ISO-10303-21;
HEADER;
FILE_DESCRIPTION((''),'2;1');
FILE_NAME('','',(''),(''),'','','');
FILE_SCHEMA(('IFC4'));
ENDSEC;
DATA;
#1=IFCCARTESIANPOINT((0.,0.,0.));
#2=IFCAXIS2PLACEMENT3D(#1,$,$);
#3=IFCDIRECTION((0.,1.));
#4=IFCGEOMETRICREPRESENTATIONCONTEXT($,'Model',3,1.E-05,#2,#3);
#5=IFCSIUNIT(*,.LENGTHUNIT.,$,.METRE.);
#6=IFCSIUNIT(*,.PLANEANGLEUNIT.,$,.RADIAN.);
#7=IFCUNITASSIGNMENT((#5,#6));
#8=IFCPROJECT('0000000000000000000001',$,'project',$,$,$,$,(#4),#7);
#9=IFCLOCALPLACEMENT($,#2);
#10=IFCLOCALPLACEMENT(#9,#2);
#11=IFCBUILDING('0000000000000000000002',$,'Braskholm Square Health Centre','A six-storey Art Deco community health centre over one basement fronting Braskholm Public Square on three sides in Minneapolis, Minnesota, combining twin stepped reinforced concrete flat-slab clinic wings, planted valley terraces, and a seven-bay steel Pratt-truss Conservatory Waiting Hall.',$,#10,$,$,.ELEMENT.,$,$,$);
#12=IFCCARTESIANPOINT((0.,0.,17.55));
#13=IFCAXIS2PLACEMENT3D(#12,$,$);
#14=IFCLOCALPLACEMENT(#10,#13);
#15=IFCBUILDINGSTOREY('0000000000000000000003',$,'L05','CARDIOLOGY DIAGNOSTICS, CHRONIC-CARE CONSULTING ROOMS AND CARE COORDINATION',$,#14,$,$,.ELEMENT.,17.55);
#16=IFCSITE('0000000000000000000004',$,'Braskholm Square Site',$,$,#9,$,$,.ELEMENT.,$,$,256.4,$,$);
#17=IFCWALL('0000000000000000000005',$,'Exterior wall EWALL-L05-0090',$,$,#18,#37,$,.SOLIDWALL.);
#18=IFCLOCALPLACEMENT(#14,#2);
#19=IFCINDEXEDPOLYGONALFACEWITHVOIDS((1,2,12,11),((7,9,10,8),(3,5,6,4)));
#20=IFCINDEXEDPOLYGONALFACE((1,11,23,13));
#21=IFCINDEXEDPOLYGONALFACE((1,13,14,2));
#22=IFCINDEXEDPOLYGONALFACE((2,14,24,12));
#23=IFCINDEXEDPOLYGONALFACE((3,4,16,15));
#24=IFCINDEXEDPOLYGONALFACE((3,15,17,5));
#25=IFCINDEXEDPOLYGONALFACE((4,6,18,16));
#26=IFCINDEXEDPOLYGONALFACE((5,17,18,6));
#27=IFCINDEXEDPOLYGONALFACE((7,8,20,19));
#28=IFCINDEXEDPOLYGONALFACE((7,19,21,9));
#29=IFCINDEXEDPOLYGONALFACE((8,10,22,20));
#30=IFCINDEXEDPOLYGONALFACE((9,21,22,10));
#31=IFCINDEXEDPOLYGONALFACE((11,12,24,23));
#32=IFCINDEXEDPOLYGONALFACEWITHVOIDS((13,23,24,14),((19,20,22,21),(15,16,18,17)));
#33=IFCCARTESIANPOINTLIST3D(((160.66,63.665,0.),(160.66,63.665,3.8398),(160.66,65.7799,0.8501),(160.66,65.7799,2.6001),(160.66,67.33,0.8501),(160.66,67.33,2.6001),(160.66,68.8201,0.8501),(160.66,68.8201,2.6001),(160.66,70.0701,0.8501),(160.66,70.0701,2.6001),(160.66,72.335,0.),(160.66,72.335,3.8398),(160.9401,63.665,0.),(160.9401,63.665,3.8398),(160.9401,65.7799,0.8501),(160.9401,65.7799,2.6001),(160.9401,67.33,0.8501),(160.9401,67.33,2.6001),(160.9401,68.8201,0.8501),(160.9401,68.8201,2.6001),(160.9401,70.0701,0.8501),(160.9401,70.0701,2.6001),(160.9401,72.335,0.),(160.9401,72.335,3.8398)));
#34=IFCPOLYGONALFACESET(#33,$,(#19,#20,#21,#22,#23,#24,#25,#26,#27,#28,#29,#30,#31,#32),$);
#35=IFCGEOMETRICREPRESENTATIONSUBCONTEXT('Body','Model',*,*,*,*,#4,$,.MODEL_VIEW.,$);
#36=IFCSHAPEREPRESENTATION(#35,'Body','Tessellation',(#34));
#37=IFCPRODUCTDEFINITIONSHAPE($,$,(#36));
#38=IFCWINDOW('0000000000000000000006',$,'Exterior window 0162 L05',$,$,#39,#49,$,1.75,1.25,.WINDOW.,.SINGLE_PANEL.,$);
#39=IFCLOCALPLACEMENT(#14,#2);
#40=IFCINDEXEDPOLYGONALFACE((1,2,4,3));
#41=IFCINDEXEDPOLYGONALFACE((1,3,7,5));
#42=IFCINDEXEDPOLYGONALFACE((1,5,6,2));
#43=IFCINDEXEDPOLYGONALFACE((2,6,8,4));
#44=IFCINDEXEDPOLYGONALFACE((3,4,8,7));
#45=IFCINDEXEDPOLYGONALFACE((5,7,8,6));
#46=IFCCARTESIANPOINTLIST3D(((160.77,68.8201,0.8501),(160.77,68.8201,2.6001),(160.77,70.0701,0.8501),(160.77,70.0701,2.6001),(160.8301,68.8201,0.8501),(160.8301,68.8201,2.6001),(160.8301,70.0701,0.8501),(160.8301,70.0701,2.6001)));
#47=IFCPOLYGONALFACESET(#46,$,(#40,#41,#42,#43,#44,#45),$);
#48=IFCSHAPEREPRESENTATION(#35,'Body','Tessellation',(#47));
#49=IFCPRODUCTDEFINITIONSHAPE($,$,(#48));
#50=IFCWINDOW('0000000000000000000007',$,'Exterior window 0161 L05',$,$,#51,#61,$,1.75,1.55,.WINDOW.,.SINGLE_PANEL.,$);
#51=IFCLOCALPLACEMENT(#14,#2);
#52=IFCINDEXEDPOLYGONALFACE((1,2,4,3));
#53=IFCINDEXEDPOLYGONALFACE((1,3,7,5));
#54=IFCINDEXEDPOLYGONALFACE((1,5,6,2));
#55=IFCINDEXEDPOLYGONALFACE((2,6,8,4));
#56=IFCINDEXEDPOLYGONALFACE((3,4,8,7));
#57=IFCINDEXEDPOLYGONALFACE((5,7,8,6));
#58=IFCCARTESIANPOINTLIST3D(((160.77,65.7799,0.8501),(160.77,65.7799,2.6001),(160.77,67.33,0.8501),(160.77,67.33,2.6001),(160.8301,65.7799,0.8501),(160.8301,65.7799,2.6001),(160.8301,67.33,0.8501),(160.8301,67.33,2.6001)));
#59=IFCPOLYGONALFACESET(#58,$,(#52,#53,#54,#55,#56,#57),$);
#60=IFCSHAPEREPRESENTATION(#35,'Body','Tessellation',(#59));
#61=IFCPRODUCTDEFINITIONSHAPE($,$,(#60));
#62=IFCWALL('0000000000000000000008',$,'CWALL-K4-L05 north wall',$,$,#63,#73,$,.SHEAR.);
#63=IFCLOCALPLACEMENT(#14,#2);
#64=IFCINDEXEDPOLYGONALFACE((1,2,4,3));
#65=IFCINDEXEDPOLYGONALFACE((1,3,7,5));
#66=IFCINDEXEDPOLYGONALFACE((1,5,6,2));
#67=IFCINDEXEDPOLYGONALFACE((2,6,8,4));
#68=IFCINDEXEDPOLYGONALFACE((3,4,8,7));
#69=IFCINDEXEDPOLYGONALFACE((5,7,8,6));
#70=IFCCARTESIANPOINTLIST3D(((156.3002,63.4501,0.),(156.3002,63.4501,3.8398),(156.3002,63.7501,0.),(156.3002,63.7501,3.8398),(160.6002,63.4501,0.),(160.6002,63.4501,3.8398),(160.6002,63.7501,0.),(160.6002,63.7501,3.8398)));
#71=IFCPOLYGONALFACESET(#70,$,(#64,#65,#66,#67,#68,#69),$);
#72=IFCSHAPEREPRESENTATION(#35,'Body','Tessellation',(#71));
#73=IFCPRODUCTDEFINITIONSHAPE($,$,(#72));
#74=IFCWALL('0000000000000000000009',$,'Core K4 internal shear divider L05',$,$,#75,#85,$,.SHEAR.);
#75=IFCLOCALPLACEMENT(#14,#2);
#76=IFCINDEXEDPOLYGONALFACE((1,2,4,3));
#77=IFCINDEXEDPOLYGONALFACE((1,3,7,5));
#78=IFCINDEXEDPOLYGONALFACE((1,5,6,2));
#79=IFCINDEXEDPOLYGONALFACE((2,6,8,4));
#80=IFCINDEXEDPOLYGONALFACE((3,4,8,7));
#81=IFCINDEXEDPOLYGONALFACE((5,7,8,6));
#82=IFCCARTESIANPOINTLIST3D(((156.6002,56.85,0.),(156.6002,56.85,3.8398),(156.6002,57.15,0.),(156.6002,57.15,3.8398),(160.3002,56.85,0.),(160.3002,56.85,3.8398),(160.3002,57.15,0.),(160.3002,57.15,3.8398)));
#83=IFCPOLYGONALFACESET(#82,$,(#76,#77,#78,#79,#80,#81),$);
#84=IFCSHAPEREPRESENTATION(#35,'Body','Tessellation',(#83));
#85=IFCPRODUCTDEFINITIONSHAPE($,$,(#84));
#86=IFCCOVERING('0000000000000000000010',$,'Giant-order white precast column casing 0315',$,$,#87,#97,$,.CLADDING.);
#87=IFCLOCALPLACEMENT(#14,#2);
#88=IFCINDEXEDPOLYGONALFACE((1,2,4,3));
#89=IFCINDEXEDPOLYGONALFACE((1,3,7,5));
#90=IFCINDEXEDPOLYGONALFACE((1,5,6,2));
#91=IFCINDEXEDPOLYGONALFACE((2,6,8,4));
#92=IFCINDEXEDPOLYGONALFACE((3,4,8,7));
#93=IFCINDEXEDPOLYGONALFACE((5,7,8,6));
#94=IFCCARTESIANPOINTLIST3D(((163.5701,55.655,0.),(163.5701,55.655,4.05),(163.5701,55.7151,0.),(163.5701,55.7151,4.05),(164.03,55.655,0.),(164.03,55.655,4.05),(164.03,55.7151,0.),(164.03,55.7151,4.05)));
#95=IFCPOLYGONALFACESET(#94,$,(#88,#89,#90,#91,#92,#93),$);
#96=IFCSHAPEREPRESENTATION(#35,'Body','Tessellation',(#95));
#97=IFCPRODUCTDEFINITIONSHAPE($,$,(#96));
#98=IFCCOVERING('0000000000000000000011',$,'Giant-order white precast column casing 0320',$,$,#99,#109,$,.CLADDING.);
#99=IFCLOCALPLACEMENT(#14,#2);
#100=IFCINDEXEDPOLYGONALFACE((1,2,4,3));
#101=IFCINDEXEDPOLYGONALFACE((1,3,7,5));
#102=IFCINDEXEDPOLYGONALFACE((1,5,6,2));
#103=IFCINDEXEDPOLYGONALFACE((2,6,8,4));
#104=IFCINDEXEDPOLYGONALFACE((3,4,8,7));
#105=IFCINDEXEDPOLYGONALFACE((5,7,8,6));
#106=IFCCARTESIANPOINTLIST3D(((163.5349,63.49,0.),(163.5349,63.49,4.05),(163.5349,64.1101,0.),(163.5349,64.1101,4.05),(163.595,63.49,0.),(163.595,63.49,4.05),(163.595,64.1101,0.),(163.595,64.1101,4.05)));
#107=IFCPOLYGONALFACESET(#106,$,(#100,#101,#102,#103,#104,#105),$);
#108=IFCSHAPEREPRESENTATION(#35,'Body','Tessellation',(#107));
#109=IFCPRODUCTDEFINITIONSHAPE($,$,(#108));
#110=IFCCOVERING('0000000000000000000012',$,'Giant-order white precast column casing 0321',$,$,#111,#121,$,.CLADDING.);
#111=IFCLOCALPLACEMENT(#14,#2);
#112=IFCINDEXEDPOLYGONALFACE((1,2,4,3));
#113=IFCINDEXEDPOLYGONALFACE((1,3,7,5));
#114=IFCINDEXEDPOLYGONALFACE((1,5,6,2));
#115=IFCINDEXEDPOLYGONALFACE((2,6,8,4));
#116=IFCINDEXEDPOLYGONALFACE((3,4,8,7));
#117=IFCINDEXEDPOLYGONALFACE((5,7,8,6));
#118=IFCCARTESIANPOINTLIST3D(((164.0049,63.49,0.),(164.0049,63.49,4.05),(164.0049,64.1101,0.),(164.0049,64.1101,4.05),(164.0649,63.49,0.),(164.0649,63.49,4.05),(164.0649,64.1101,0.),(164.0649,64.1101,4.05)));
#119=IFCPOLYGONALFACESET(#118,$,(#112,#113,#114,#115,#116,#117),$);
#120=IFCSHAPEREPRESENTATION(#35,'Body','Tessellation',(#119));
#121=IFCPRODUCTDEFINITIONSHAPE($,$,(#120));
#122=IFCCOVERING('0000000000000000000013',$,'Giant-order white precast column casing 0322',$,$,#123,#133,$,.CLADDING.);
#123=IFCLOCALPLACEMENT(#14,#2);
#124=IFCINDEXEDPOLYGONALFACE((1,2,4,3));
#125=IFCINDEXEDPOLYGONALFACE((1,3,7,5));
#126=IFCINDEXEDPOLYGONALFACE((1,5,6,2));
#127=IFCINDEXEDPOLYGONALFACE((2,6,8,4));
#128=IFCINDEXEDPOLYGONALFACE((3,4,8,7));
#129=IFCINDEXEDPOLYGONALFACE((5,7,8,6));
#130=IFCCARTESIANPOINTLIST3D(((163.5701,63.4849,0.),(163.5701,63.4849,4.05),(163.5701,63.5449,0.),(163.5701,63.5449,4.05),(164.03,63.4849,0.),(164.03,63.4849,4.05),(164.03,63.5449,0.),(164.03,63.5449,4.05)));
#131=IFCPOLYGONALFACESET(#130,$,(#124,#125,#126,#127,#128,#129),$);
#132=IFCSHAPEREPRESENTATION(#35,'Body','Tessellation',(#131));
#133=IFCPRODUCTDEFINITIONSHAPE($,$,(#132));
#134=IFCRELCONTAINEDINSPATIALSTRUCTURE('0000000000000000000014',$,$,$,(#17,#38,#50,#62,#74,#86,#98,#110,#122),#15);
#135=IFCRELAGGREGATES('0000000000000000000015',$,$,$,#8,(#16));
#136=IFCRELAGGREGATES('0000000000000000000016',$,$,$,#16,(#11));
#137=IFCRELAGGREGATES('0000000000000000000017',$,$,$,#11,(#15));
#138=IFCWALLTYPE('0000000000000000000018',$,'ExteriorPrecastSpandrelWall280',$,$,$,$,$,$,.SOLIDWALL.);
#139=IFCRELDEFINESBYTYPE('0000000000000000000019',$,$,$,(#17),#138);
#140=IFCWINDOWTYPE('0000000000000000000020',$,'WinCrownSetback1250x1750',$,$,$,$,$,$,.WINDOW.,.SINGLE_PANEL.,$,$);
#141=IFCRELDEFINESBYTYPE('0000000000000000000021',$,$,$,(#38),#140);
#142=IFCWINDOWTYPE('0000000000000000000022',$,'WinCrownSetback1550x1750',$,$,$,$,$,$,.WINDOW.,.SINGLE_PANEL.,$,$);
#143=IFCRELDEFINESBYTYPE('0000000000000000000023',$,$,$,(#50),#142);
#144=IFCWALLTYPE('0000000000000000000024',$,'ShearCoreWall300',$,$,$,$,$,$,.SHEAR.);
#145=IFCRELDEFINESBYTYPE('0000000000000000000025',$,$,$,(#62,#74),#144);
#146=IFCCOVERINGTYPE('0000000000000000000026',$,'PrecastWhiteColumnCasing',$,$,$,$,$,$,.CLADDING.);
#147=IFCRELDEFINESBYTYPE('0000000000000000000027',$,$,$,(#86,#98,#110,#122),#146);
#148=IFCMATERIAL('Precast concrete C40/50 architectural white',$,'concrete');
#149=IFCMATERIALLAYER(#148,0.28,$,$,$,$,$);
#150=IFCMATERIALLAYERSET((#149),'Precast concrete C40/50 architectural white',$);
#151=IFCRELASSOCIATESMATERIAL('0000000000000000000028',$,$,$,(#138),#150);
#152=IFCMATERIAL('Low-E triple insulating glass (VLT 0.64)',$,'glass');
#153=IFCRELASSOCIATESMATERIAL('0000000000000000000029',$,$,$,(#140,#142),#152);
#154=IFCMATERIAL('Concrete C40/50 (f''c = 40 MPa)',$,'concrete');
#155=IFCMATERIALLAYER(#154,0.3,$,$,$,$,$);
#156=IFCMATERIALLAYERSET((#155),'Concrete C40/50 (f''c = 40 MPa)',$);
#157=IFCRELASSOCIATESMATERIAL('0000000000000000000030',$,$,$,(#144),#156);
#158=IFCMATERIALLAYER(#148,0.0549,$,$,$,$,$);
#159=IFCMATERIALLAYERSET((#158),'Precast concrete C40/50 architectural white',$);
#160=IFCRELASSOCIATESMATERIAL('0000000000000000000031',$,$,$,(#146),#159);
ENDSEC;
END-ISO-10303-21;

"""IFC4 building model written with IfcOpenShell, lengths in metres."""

from ifc_helpers import new_model, si_unit, direction, frame, frame_2d, origin, origin_with_axes, origin_2d, place, context, subcontext, project, spatial, rectangle, extrude, material, layer, layer_set, type_object, element, fill, save


model = new_model("IFC4")

# Units and contexts
model_context = context("Model", 3, precision=1e-05, world=origin(), true_north=direction((0.0, 1.0)))
body_context = subcontext(model_context, "Body", "Model", "MODEL_VIEW")
ifc_project = project(units=[si_unit("LENGTHUNIT", "METRE"), si_unit("PLANEANGLEUNIT", "RADIAN")], contexts=[model_context])

# Site, building, storey
site_placement = place(None, origin())
site = spatial("IfcSite", under=ifc_project, at=site_placement, Name="Braskholm Square Site", CompositionType="ELEMENT", RefElevation=256.4)
building_placement = place(site_placement, origin())
building = spatial("IfcBuilding", under=site, at=building_placement, Name="Braskholm Square Health Centre", Description="A six-storey Art Deco community health centre over one basement fronting Braskholm Public Square on three sides in Minneapolis, Minnesota, combining twin stepped reinforced concrete flat-slab clinic wings, planted valley terraces, and a seven-bay steel Pratt-truss Conservatory Waiting Hall.", CompositionType="ELEMENT")
storey_placement = place(building_placement, frame((0.0, 0.0, 17.55)))
storey = spatial("IfcBuildingStorey", under=building, at=storey_placement, Name="L05", Description="CARDIOLOGY DIAGNOSTICS, CHRONIC-CARE CONSULTING ROOMS AND CARE COORDINATION", CompositionType="ELEMENT", Elevation=17.55)

# Shared definitions
ifc_material_1 = material(Name="Precast concrete C40/50 architectural white", Category="concrete")

# Shared definitions
ifc_material_2 = material(Name="Low-E triple insulating glass (VLT 0.64)", Category="glass")

# Wall, openings, windows
ifc_layer_1 = layer(ifc_material_1, 0.28)
ifc_layer_set_1 = layer_set([ifc_layer_1], Name="Precast concrete C40/50 architectural white")
wall_type_1 = type_object("IfcWallType", Name="ExteriorPrecastSpandrelWall280", PredefinedType="SOLIDWALL", material=ifc_layer_set_1)
wall_1_placement = place(storey_placement, frame((160.8, 63.665, 0.0), z_axis=(0.0, 0.0, 1.0), x_axis=(0.0, 1.0, 0.0)))
wall_1 = element("IfcWall", 1, at=wall_1_placement, inside=storey, type_object=wall_type_1, Name="Exterior wall EWALL-L05-0090", PredefinedType="SOLIDWALL", context=body_context, shape_type="SweptSolid", body=[
    extrude(rectangle(XDim=8.6699, YDim=0.28, at=frame_2d((4.335, 0.0))), origin(), (0.0, 0.0, 1.0), 3.8398),
])
opening_1_placement = place(wall_1_placement, frame((2.115, 0.0, 0.8501)))
opening_1 = element("IfcOpeningElement", 2, at=opening_1_placement, cuts=wall_1, PredefinedType="OPENING", context=body_context, shape_type="SweptSolid", body=[
    extrude(rectangle(XDim=1.55, YDim=1.75, at=frame_2d((0.7749, 0.875))), frame((0.0, 0.1499, 0.0), z_axis=(0.0, -1.0, 0.0), x_axis=(1.0, 0.0, 0.0)), (0.0, 0.0, 1.0), 0.3),
])
opening_2_placement = place(wall_1_placement, frame((5.155, 0.0, 0.8501)))
opening_2 = element("IfcOpeningElement", 3, at=opening_2_placement, cuts=wall_1, PredefinedType="OPENING", context=body_context, shape_type="SweptSolid", body=[
    extrude(rectangle(XDim=1.25, YDim=1.75, at=frame_2d((0.625, 0.875))), frame((0.0, 0.1499, 0.0), z_axis=(0.0, -1.0, 0.0), x_axis=(1.0, 0.0, 0.0)), (0.0, 0.0, 1.0), 0.3),
])
window_type_1 = type_object("IfcWindowType", Name="WinCrownSetback1250x1750", PartitioningType="SINGLE_PANEL", PredefinedType="WINDOW", material=ifc_material_2)
window_1_placement = place(opening_2_placement, origin_with_axes())
window_1 = element("IfcWindow", 4, at=window_1_placement, inside=storey, type_object=window_type_1, Name="Exterior window 0162 L05", OverallHeight=1.75, OverallWidth=1.25, PartitioningType="SINGLE_PANEL", PredefinedType="WINDOW", context=body_context, shape_type="SweptSolid", body=[
    extrude(rectangle(XDim=1.25, YDim=1.75, at=frame_2d((0.625, 0.875))), frame((0.0, 0.03, 0.0), z_axis=(0.0, -1.0, 0.0), x_axis=(1.0, 0.0, 0.0)), (0.0, 0.0, 1.0), 0.0601),
])
fill(opening_2, window_1)
window_type_2 = type_object("IfcWindowType", Name="WinCrownSetback1550x1750", PartitioningType="SINGLE_PANEL", PredefinedType="WINDOW", material=ifc_material_2)
window_2_placement = place(opening_1_placement, origin_with_axes())
window_2 = element("IfcWindow", 5, at=window_2_placement, inside=storey, type_object=window_type_2, Name="Exterior window 0161 L05", OverallHeight=1.75, OverallWidth=1.55, PartitioningType="SINGLE_PANEL", PredefinedType="WINDOW", context=body_context, shape_type="SweptSolid", body=[
    extrude(rectangle(XDim=1.55, YDim=1.75, at=frame_2d((0.7749, 0.875))), frame((0.0, 0.03, 0.0), z_axis=(0.0, -1.0, 0.0), x_axis=(1.0, 0.0, 0.0)), (0.0, 0.0, 1.0), 0.0601),
])
fill(opening_1, window_2)

# Wall
ifc_material_3 = material(Name="Concrete C40/50 (f'c = 40 MPa)", Category="concrete")
ifc_layer_2 = layer(ifc_material_3, 0.3)
ifc_layer_set_2 = layer_set([ifc_layer_2], Name="Concrete C40/50 (f'c = 40 MPa)")
wall_type_2 = type_object("IfcWallType", Name="ShearCoreWall300", PredefinedType="SHEAR", material=ifc_layer_set_2)
wall_2_placement = place(storey_placement, frame((160.6001, 63.6001, 0.0), z_axis=(0.0, 0.0, 1.0), x_axis=(-1.0, 0.0, 0.0)))
element("IfcWall", 6, at=wall_2_placement, inside=storey, type_object=wall_type_2, Name="CWALL-K4-L05 north wall", PredefinedType="SHEAR", context=body_context, shape_type="SweptSolid", body=[
    extrude(rectangle(XDim=4.3, YDim=0.3, at=frame_2d((2.1499, 0.0))), origin(), (0.0, 0.0, 1.0), 3.8398),
])

# Wall
wall_3_placement = place(storey_placement, frame((156.6001, 57.0, 0.0), z_axis=(0.0, 0.0, 1.0), x_axis=(1.0, 0.0, 0.0)))
element("IfcWall", 7, at=wall_3_placement, inside=storey, type_object=wall_type_2, Name="Core K4 internal shear divider L05", PredefinedType="SHEAR", context=body_context, shape_type="SweptSolid", body=[
    extrude(rectangle(XDim=3.7, YDim=0.3, at=frame_2d((1.8501, 0.0))), origin(), (0.0, 0.0, 1.0), 3.8398),
])

# Coverings
ifc_layer_3 = layer(ifc_material_1, 0.0549)
ifc_layer_set_3 = layer_set([ifc_layer_3], Name="Precast concrete C40/50 architectural white")
covering_type = type_object("IfcCoveringType", Name="PrecastWhiteColumnCasing", PredefinedType="CLADDING", material=ifc_layer_set_3)
covering_1_placement = place(storey_placement, frame((163.8, 55.6851, 0.0), z_axis=(0.0, 0.0, 1.0), x_axis=(1.0, 0.0, 0.0)))
element("IfcCovering", 8, at=covering_1_placement, inside=storey, type_object=covering_type, Name="Giant-order white precast column casing 0315", PredefinedType="CLADDING", context=body_context, shape_type="SweptSolid", body=[
    extrude(rectangle(XDim=0.46, YDim=0.0601, at=origin_2d()), origin(), (0.0, 0.0, 1.0), 4.05),
])
for number, where, z_axis, x_axis, name in (
    (9, (163.5649, 63.8, 0.0), (0.0, 0.0, 1.0), (1.0, 0.0, 0.0), "Giant-order white precast column casing 0320"),
    (10, (164.0349, 63.8, 0.0), (0.0, 0.0, 1.0), (1.0, 0.0, 0.0), "Giant-order white precast column casing 0321"),
):
    element("IfcCovering", number, at=place(storey_placement, frame(where, z_axis=z_axis, x_axis=x_axis)), inside=storey, type_object=covering_type, Name=name, PredefinedType="CLADDING", context=body_context, shape_type="SweptSolid", body=[
        extrude(rectangle(XDim=0.0601, YDim=0.6201, at=origin_2d()), origin(), (0.0, 0.0, 1.0), 4.05),
    ])
covering_2_placement = place(storey_placement, frame((163.8, 63.5149, 0.0), z_axis=(0.0, 0.0, 1.0), x_axis=(1.0, 0.0, 0.0)))
element("IfcCovering", 11, at=covering_2_placement, inside=storey, type_object=covering_type, Name="Giant-order white precast column casing 0322", PredefinedType="CLADDING", context=body_context, shape_type="SweptSolid", body=[
    extrude(rectangle(XDim=0.46, YDim=0.0601, at=origin_2d()), origin(), (0.0, 0.0, 1.0), 4.05),
])

save(model, "model.ifc")
